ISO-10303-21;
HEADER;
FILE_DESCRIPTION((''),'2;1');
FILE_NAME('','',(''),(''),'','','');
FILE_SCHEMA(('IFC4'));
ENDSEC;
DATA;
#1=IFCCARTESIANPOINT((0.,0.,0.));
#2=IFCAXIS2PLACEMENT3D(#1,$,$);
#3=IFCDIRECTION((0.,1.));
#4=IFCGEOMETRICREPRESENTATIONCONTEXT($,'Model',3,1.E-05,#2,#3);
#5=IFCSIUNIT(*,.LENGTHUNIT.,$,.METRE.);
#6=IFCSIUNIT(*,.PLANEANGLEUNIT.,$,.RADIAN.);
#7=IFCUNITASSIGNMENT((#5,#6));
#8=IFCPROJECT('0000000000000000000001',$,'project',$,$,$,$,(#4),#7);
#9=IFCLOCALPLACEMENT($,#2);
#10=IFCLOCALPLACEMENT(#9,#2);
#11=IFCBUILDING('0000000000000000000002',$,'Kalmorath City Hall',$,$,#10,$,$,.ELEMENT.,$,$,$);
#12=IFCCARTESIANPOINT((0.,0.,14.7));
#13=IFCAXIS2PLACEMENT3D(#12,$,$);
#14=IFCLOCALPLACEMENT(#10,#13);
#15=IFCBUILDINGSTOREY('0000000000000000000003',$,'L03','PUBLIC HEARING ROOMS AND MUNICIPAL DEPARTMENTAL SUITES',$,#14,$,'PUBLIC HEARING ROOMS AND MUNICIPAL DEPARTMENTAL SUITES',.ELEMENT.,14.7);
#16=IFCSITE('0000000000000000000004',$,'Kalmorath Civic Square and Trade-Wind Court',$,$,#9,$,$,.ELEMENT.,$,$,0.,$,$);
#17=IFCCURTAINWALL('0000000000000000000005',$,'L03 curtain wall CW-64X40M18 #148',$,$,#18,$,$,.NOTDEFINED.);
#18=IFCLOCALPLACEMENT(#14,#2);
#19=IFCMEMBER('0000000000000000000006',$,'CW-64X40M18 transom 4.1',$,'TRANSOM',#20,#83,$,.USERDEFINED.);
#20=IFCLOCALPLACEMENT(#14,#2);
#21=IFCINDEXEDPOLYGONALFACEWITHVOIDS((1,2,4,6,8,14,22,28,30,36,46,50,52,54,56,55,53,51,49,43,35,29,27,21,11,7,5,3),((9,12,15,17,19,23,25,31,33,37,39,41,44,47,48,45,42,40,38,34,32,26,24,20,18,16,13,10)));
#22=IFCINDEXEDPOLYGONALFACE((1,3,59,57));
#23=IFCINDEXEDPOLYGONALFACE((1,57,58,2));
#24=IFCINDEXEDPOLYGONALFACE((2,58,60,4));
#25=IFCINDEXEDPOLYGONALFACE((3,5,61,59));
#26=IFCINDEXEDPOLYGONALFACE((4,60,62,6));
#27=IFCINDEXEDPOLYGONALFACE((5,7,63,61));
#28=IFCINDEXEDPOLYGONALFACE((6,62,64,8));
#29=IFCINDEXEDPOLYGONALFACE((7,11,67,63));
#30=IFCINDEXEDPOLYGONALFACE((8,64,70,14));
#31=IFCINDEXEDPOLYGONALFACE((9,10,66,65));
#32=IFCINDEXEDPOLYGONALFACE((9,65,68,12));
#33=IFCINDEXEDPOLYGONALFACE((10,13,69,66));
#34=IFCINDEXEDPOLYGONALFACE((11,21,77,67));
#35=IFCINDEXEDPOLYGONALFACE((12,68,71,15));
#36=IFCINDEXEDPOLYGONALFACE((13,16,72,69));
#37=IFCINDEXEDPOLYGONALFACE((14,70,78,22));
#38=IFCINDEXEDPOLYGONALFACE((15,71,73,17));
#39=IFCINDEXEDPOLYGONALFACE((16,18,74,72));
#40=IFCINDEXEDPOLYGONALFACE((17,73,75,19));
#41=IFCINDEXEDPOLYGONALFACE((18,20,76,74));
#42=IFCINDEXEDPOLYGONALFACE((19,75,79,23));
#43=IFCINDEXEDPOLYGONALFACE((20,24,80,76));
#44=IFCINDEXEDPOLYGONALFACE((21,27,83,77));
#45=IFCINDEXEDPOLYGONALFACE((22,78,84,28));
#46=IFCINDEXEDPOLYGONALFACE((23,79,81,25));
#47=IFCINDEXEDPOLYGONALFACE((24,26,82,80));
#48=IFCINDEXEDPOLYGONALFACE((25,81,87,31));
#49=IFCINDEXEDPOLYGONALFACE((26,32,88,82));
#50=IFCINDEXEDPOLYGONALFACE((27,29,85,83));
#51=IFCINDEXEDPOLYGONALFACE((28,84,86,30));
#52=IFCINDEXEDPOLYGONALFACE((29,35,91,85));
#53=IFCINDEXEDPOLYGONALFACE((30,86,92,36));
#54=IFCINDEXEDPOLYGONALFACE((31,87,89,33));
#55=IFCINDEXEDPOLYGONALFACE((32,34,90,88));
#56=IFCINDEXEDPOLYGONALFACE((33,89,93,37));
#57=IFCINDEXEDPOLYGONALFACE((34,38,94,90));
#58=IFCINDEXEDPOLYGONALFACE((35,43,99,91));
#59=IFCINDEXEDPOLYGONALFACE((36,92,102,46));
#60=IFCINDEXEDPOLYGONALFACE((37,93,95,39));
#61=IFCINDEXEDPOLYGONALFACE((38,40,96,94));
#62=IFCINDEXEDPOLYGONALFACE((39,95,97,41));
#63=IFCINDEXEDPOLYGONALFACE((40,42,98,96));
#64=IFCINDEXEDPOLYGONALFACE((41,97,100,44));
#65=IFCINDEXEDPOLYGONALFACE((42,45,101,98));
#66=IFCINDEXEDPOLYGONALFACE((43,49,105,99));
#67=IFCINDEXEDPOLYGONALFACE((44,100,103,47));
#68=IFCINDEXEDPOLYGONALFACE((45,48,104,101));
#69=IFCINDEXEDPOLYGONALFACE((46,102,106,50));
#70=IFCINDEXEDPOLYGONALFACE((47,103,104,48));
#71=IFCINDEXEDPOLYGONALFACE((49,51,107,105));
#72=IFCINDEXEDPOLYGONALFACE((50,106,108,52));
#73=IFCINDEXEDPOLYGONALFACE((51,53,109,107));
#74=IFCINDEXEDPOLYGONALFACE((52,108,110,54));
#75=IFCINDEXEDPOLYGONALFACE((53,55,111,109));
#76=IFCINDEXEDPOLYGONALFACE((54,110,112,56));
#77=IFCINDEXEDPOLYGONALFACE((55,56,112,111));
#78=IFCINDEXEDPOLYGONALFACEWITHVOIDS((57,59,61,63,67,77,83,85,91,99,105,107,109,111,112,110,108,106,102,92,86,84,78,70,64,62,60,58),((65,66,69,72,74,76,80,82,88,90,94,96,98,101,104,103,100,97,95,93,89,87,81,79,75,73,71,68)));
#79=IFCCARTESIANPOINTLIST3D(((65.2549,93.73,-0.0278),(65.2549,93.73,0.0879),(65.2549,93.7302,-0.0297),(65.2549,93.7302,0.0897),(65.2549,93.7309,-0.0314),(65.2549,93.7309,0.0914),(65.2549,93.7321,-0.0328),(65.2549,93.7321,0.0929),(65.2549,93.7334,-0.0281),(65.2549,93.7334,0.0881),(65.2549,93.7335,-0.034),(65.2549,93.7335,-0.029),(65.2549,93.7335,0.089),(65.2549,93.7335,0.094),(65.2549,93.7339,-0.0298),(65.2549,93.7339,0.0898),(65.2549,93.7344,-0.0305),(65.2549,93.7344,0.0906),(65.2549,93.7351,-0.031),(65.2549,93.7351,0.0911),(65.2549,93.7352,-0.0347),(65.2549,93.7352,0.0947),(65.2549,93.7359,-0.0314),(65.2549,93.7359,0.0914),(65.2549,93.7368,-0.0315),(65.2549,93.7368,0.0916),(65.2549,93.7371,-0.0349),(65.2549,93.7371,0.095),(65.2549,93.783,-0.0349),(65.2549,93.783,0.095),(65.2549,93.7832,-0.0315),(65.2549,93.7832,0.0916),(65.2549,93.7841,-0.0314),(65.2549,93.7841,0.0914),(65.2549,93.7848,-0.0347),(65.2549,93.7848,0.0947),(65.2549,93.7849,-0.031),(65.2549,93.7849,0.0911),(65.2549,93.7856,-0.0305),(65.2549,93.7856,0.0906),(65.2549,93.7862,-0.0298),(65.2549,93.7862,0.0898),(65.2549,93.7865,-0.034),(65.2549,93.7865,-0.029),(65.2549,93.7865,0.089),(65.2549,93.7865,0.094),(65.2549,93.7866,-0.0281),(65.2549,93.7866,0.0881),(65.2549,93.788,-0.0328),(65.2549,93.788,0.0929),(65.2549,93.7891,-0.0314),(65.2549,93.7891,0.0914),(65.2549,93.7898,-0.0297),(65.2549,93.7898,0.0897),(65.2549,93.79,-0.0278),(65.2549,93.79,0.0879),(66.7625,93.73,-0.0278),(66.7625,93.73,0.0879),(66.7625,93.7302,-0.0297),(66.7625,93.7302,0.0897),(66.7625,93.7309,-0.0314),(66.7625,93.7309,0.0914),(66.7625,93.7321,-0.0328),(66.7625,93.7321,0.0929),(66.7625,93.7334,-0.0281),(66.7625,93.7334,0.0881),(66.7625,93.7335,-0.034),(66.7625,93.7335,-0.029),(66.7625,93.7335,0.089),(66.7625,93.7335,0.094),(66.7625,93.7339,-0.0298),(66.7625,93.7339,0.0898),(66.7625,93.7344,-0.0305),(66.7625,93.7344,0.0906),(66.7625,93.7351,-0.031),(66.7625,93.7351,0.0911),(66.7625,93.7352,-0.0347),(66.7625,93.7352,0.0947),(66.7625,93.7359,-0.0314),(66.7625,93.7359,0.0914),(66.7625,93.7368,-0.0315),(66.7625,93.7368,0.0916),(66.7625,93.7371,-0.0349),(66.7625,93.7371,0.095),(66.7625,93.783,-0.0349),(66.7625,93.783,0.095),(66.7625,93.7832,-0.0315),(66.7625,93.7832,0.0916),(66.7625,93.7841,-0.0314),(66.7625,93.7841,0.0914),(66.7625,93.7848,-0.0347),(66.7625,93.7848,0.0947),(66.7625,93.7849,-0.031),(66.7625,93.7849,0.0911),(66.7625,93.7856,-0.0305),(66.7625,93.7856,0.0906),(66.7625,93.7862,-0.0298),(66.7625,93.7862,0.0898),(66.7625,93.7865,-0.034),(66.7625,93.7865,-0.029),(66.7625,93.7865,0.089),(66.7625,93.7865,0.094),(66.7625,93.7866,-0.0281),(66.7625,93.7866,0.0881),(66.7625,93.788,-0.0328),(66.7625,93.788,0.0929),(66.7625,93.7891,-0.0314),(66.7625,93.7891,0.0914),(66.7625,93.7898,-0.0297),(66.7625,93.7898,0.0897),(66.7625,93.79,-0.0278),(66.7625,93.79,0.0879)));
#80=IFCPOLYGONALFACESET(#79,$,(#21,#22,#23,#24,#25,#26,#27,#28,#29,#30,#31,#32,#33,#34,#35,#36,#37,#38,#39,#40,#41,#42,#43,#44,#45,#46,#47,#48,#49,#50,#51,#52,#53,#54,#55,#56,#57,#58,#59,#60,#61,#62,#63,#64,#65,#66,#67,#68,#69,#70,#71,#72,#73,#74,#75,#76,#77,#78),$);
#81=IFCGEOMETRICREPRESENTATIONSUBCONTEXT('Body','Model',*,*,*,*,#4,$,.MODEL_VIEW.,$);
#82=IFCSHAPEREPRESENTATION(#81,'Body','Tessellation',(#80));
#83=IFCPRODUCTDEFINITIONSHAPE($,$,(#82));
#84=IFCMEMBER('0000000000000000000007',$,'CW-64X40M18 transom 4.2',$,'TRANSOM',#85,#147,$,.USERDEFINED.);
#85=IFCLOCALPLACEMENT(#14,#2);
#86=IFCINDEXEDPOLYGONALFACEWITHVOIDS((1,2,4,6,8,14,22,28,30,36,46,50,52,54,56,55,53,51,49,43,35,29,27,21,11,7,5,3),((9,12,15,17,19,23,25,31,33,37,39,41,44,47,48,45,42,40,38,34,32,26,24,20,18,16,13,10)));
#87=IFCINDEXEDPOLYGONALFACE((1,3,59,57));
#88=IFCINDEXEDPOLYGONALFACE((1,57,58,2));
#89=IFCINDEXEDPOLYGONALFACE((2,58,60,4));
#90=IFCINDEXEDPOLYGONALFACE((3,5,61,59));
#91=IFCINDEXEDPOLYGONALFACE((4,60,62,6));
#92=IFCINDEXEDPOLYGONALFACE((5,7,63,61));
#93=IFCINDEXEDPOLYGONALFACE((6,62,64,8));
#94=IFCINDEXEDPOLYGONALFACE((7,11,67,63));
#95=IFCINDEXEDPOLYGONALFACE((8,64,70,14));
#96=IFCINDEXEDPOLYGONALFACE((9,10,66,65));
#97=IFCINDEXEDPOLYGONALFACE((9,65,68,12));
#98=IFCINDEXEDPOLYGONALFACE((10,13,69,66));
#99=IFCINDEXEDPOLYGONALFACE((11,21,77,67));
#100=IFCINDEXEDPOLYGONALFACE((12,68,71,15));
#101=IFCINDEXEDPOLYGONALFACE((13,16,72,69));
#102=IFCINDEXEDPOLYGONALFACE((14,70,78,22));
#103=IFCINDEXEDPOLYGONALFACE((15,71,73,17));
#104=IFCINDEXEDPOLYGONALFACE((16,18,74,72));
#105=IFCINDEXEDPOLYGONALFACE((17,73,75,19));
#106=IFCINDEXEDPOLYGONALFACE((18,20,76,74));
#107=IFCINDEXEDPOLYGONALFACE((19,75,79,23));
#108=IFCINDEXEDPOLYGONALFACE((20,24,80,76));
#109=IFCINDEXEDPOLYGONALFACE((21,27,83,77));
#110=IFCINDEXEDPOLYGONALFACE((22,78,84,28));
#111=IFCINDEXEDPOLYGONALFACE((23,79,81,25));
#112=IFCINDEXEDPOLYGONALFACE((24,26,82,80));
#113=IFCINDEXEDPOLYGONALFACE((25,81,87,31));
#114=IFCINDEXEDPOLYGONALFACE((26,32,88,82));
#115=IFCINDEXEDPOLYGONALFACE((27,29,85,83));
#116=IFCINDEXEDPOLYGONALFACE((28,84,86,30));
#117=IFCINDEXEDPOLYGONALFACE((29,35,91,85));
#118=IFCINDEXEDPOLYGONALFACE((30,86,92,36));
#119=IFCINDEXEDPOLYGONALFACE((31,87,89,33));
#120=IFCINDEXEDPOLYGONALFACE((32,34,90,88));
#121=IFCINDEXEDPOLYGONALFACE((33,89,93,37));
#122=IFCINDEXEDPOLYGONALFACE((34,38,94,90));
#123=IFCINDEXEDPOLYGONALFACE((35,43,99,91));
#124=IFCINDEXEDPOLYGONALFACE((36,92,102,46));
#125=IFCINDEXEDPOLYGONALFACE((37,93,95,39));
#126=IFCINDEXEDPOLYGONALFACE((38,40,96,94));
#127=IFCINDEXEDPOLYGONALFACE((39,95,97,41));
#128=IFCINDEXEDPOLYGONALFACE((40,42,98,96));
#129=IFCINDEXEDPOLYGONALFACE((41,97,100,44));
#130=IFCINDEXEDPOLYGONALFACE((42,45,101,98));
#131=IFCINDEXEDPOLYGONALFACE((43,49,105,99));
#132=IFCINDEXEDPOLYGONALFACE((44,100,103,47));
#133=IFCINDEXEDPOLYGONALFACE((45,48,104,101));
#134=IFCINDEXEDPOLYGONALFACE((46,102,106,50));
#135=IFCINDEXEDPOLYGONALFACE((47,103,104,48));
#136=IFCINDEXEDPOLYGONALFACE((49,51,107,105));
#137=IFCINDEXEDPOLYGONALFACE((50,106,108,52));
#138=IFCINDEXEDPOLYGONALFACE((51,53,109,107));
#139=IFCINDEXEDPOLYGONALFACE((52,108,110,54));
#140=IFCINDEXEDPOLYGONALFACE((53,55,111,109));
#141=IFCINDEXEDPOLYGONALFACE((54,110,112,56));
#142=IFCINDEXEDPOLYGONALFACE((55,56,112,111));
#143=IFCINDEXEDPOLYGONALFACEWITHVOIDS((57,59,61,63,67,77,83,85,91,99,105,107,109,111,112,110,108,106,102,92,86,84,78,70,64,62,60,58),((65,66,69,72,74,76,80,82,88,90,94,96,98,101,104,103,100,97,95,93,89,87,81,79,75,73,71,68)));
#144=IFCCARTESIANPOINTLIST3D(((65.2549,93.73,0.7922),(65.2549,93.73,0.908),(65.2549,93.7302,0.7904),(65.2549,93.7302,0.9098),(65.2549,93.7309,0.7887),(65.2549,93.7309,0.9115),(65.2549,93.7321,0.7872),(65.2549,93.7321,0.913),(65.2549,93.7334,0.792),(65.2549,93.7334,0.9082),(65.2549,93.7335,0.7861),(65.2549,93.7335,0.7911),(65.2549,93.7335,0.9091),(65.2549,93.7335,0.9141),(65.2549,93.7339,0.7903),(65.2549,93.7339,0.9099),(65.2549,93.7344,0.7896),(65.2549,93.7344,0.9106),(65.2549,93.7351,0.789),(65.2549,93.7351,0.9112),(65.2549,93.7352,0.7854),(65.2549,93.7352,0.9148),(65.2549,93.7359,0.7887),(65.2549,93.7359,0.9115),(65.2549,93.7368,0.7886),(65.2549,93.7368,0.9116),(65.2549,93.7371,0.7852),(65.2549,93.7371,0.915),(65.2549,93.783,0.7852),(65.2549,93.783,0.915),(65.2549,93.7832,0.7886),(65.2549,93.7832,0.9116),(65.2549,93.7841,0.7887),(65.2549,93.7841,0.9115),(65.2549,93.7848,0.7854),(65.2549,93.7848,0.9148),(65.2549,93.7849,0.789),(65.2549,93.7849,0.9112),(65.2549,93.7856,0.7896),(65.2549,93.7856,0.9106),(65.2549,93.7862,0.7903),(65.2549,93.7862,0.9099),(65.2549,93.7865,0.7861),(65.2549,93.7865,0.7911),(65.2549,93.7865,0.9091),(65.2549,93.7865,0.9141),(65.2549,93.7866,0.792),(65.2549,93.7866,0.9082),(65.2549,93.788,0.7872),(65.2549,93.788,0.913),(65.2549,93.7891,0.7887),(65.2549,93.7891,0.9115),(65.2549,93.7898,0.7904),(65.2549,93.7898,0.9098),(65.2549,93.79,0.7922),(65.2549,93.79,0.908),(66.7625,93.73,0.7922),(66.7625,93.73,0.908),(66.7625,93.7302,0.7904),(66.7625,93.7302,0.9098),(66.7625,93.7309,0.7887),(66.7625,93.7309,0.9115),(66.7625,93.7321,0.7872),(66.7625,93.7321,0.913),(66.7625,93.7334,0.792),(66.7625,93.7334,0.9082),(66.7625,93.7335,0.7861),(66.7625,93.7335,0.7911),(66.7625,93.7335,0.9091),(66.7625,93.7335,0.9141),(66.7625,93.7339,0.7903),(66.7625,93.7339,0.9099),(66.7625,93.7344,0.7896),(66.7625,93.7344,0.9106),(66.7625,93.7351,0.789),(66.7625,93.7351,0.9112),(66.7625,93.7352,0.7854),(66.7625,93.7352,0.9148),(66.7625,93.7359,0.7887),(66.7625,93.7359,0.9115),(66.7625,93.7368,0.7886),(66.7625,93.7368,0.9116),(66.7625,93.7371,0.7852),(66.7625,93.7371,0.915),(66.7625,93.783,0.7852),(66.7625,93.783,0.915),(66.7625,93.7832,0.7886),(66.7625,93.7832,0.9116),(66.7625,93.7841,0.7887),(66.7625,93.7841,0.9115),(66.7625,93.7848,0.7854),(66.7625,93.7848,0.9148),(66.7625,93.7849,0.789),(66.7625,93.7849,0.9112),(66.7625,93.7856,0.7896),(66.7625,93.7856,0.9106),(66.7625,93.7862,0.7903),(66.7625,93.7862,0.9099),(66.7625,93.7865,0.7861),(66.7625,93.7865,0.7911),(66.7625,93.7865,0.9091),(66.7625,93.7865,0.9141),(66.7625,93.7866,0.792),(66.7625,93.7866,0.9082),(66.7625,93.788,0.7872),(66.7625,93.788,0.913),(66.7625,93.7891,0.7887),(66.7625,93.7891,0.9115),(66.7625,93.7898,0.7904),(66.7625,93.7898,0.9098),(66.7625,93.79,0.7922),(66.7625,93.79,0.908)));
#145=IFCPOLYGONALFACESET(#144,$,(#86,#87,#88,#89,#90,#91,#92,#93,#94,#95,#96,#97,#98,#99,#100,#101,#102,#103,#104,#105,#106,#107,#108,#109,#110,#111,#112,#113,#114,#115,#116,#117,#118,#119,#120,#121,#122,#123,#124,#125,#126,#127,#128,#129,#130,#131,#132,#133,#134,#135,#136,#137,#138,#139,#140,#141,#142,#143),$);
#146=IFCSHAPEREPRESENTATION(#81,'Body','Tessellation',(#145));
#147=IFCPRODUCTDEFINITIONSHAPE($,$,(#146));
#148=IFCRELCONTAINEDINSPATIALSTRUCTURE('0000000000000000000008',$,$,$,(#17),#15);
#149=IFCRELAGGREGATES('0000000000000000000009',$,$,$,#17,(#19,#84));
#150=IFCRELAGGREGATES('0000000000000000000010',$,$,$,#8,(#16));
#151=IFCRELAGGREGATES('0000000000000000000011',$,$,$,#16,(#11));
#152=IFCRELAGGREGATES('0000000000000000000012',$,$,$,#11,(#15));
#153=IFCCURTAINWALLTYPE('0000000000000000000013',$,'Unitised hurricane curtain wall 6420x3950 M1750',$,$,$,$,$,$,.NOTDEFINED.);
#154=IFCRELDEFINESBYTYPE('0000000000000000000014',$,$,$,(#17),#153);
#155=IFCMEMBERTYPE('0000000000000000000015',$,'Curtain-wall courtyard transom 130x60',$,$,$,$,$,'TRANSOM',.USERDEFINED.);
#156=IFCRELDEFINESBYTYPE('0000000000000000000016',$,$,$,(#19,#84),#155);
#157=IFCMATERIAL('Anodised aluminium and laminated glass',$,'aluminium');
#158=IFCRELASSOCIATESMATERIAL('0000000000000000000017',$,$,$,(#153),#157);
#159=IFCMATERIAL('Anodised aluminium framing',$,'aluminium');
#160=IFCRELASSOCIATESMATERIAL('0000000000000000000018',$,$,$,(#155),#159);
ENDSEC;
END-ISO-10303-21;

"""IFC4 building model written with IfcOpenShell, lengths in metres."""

from ifc_helpers import new_model, si_unit, direction, frame, origin, origin_2d, place, context, subcontext, project, spatial, hollow_rectangle, extrude, material, material_profile, profile_set, type_object, element, aggregate, save


model = new_model("IFC4")

# Units and contexts
model_context = context("Model", 3, precision=1e-05, world=origin(), true_north=direction((0.0, 1.0)))
body_context = subcontext(model_context, "Body", "Model", "MODEL_VIEW")
ifc_project = project(units=[si_unit("LENGTHUNIT", "METRE"), si_unit("PLANEANGLEUNIT", "RADIAN")], contexts=[model_context])

# Site, building, storey
site_placement = place(None, origin())
site = spatial("IfcSite", under=ifc_project, at=site_placement, Name="Kalmorath Civic Square and Trade-Wind Court", CompositionType="ELEMENT", RefElevation=0.0)
building_placement = place(site_placement, origin())
building = spatial("IfcBuilding", under=site, at=building_placement, Name="Kalmorath City Hall", CompositionType="ELEMENT")
storey_placement = place(building_placement, frame((0.0, 0.0, 14.7)))
storey = spatial("IfcBuildingStorey", under=building, at=storey_placement, Name="L03", Description="PUBLIC HEARING ROOMS AND MUNICIPAL DEPARTMENTAL SUITES", LongName="PUBLIC HEARING ROOMS AND MUNICIPAL DEPARTMENTAL SUITES", CompositionType="ELEMENT", Elevation=14.7)

# Curtain wall, members
ifc_material_1 = material(Name="Anodised aluminium and laminated glass", Category="aluminium")
curtain_wall_type = type_object("IfcCurtainWallType", Name="Unitised hurricane curtain wall 6420x3950 M1750", PredefinedType="NOTDEFINED", material=ifc_material_1)
curtain_wall_placement = place(storey_placement, origin())
curtain_wall = element("IfcCurtainWall", 1, at=curtain_wall_placement, inside=storey, type_object=curtain_wall_type, Name="L03 curtain wall CW-64X40M18 #148", PredefinedType="NOTDEFINED")
ifc_material_2 = material(Name="Anodised aluminium framing", Category="aluminium")
ifc_material_profile_1 = material_profile(ifc_material_2, hollow_rectangle(XDim=0.0601, YDim=0.1299, WallThickness=0.0034, InnerFilletRadius=0.0034, OuterFilletRadius=0.0071, at=origin_2d()), Name="ALU-TRN-130X60X3.5")
ifc_profile_set_1 = profile_set([ifc_material_profile_1], Name="Anodised aluminium framing")
member_type_1 = type_object("IfcMemberType", Name="Curtain-wall courtyard transom 130x60", ElementType="TRANSOM", PredefinedType="USERDEFINED", material=ifc_profile_set_1)
member_1_placement = place(storey_placement, frame((66.7625, 93.76, 0.03), z_axis=(-1.0, 0.0, 0.0), x_axis=(0.0, -1.0, 0.0)))
member_1 = element("IfcMember", 2, at=member_1_placement, type_object=member_type_1, Name="CW-64X40M18 transom 4.1", ObjectType="TRANSOM", PredefinedType="USERDEFINED", context=body_context, shape_type="SweptSolid", body=[
    extrude(hollow_rectangle(XDim=0.0601, YDim=0.1299, WallThickness=0.0034, InnerFilletRadius=0.0034, OuterFilletRadius=0.0071, at=origin_2d()), origin(), (0.0, 0.0, 1.0), 1.5076),
])
member_2_placement = place(storey_placement, frame((66.7625, 93.76, 0.8501), z_axis=(-1.0, 0.0, 0.0), x_axis=(0.0, -1.0, 0.0)))
member_2 = element("IfcMember", 3, at=member_2_placement, type_object=member_type_1, Name="CW-64X40M18 transom 4.2", ObjectType="TRANSOM", PredefinedType="USERDEFINED", context=body_context, shape_type="SweptSolid", body=[
    extrude(hollow_rectangle(XDim=0.0601, YDim=0.1299, WallThickness=0.0034, InnerFilletRadius=0.0034, OuterFilletRadius=0.0071, at=origin_2d()), origin(), (0.0, 0.0, 1.0), 1.5076),
])
aggregate(curtain_wall, [member_1, member_2])

save(model, "model.ifc")
